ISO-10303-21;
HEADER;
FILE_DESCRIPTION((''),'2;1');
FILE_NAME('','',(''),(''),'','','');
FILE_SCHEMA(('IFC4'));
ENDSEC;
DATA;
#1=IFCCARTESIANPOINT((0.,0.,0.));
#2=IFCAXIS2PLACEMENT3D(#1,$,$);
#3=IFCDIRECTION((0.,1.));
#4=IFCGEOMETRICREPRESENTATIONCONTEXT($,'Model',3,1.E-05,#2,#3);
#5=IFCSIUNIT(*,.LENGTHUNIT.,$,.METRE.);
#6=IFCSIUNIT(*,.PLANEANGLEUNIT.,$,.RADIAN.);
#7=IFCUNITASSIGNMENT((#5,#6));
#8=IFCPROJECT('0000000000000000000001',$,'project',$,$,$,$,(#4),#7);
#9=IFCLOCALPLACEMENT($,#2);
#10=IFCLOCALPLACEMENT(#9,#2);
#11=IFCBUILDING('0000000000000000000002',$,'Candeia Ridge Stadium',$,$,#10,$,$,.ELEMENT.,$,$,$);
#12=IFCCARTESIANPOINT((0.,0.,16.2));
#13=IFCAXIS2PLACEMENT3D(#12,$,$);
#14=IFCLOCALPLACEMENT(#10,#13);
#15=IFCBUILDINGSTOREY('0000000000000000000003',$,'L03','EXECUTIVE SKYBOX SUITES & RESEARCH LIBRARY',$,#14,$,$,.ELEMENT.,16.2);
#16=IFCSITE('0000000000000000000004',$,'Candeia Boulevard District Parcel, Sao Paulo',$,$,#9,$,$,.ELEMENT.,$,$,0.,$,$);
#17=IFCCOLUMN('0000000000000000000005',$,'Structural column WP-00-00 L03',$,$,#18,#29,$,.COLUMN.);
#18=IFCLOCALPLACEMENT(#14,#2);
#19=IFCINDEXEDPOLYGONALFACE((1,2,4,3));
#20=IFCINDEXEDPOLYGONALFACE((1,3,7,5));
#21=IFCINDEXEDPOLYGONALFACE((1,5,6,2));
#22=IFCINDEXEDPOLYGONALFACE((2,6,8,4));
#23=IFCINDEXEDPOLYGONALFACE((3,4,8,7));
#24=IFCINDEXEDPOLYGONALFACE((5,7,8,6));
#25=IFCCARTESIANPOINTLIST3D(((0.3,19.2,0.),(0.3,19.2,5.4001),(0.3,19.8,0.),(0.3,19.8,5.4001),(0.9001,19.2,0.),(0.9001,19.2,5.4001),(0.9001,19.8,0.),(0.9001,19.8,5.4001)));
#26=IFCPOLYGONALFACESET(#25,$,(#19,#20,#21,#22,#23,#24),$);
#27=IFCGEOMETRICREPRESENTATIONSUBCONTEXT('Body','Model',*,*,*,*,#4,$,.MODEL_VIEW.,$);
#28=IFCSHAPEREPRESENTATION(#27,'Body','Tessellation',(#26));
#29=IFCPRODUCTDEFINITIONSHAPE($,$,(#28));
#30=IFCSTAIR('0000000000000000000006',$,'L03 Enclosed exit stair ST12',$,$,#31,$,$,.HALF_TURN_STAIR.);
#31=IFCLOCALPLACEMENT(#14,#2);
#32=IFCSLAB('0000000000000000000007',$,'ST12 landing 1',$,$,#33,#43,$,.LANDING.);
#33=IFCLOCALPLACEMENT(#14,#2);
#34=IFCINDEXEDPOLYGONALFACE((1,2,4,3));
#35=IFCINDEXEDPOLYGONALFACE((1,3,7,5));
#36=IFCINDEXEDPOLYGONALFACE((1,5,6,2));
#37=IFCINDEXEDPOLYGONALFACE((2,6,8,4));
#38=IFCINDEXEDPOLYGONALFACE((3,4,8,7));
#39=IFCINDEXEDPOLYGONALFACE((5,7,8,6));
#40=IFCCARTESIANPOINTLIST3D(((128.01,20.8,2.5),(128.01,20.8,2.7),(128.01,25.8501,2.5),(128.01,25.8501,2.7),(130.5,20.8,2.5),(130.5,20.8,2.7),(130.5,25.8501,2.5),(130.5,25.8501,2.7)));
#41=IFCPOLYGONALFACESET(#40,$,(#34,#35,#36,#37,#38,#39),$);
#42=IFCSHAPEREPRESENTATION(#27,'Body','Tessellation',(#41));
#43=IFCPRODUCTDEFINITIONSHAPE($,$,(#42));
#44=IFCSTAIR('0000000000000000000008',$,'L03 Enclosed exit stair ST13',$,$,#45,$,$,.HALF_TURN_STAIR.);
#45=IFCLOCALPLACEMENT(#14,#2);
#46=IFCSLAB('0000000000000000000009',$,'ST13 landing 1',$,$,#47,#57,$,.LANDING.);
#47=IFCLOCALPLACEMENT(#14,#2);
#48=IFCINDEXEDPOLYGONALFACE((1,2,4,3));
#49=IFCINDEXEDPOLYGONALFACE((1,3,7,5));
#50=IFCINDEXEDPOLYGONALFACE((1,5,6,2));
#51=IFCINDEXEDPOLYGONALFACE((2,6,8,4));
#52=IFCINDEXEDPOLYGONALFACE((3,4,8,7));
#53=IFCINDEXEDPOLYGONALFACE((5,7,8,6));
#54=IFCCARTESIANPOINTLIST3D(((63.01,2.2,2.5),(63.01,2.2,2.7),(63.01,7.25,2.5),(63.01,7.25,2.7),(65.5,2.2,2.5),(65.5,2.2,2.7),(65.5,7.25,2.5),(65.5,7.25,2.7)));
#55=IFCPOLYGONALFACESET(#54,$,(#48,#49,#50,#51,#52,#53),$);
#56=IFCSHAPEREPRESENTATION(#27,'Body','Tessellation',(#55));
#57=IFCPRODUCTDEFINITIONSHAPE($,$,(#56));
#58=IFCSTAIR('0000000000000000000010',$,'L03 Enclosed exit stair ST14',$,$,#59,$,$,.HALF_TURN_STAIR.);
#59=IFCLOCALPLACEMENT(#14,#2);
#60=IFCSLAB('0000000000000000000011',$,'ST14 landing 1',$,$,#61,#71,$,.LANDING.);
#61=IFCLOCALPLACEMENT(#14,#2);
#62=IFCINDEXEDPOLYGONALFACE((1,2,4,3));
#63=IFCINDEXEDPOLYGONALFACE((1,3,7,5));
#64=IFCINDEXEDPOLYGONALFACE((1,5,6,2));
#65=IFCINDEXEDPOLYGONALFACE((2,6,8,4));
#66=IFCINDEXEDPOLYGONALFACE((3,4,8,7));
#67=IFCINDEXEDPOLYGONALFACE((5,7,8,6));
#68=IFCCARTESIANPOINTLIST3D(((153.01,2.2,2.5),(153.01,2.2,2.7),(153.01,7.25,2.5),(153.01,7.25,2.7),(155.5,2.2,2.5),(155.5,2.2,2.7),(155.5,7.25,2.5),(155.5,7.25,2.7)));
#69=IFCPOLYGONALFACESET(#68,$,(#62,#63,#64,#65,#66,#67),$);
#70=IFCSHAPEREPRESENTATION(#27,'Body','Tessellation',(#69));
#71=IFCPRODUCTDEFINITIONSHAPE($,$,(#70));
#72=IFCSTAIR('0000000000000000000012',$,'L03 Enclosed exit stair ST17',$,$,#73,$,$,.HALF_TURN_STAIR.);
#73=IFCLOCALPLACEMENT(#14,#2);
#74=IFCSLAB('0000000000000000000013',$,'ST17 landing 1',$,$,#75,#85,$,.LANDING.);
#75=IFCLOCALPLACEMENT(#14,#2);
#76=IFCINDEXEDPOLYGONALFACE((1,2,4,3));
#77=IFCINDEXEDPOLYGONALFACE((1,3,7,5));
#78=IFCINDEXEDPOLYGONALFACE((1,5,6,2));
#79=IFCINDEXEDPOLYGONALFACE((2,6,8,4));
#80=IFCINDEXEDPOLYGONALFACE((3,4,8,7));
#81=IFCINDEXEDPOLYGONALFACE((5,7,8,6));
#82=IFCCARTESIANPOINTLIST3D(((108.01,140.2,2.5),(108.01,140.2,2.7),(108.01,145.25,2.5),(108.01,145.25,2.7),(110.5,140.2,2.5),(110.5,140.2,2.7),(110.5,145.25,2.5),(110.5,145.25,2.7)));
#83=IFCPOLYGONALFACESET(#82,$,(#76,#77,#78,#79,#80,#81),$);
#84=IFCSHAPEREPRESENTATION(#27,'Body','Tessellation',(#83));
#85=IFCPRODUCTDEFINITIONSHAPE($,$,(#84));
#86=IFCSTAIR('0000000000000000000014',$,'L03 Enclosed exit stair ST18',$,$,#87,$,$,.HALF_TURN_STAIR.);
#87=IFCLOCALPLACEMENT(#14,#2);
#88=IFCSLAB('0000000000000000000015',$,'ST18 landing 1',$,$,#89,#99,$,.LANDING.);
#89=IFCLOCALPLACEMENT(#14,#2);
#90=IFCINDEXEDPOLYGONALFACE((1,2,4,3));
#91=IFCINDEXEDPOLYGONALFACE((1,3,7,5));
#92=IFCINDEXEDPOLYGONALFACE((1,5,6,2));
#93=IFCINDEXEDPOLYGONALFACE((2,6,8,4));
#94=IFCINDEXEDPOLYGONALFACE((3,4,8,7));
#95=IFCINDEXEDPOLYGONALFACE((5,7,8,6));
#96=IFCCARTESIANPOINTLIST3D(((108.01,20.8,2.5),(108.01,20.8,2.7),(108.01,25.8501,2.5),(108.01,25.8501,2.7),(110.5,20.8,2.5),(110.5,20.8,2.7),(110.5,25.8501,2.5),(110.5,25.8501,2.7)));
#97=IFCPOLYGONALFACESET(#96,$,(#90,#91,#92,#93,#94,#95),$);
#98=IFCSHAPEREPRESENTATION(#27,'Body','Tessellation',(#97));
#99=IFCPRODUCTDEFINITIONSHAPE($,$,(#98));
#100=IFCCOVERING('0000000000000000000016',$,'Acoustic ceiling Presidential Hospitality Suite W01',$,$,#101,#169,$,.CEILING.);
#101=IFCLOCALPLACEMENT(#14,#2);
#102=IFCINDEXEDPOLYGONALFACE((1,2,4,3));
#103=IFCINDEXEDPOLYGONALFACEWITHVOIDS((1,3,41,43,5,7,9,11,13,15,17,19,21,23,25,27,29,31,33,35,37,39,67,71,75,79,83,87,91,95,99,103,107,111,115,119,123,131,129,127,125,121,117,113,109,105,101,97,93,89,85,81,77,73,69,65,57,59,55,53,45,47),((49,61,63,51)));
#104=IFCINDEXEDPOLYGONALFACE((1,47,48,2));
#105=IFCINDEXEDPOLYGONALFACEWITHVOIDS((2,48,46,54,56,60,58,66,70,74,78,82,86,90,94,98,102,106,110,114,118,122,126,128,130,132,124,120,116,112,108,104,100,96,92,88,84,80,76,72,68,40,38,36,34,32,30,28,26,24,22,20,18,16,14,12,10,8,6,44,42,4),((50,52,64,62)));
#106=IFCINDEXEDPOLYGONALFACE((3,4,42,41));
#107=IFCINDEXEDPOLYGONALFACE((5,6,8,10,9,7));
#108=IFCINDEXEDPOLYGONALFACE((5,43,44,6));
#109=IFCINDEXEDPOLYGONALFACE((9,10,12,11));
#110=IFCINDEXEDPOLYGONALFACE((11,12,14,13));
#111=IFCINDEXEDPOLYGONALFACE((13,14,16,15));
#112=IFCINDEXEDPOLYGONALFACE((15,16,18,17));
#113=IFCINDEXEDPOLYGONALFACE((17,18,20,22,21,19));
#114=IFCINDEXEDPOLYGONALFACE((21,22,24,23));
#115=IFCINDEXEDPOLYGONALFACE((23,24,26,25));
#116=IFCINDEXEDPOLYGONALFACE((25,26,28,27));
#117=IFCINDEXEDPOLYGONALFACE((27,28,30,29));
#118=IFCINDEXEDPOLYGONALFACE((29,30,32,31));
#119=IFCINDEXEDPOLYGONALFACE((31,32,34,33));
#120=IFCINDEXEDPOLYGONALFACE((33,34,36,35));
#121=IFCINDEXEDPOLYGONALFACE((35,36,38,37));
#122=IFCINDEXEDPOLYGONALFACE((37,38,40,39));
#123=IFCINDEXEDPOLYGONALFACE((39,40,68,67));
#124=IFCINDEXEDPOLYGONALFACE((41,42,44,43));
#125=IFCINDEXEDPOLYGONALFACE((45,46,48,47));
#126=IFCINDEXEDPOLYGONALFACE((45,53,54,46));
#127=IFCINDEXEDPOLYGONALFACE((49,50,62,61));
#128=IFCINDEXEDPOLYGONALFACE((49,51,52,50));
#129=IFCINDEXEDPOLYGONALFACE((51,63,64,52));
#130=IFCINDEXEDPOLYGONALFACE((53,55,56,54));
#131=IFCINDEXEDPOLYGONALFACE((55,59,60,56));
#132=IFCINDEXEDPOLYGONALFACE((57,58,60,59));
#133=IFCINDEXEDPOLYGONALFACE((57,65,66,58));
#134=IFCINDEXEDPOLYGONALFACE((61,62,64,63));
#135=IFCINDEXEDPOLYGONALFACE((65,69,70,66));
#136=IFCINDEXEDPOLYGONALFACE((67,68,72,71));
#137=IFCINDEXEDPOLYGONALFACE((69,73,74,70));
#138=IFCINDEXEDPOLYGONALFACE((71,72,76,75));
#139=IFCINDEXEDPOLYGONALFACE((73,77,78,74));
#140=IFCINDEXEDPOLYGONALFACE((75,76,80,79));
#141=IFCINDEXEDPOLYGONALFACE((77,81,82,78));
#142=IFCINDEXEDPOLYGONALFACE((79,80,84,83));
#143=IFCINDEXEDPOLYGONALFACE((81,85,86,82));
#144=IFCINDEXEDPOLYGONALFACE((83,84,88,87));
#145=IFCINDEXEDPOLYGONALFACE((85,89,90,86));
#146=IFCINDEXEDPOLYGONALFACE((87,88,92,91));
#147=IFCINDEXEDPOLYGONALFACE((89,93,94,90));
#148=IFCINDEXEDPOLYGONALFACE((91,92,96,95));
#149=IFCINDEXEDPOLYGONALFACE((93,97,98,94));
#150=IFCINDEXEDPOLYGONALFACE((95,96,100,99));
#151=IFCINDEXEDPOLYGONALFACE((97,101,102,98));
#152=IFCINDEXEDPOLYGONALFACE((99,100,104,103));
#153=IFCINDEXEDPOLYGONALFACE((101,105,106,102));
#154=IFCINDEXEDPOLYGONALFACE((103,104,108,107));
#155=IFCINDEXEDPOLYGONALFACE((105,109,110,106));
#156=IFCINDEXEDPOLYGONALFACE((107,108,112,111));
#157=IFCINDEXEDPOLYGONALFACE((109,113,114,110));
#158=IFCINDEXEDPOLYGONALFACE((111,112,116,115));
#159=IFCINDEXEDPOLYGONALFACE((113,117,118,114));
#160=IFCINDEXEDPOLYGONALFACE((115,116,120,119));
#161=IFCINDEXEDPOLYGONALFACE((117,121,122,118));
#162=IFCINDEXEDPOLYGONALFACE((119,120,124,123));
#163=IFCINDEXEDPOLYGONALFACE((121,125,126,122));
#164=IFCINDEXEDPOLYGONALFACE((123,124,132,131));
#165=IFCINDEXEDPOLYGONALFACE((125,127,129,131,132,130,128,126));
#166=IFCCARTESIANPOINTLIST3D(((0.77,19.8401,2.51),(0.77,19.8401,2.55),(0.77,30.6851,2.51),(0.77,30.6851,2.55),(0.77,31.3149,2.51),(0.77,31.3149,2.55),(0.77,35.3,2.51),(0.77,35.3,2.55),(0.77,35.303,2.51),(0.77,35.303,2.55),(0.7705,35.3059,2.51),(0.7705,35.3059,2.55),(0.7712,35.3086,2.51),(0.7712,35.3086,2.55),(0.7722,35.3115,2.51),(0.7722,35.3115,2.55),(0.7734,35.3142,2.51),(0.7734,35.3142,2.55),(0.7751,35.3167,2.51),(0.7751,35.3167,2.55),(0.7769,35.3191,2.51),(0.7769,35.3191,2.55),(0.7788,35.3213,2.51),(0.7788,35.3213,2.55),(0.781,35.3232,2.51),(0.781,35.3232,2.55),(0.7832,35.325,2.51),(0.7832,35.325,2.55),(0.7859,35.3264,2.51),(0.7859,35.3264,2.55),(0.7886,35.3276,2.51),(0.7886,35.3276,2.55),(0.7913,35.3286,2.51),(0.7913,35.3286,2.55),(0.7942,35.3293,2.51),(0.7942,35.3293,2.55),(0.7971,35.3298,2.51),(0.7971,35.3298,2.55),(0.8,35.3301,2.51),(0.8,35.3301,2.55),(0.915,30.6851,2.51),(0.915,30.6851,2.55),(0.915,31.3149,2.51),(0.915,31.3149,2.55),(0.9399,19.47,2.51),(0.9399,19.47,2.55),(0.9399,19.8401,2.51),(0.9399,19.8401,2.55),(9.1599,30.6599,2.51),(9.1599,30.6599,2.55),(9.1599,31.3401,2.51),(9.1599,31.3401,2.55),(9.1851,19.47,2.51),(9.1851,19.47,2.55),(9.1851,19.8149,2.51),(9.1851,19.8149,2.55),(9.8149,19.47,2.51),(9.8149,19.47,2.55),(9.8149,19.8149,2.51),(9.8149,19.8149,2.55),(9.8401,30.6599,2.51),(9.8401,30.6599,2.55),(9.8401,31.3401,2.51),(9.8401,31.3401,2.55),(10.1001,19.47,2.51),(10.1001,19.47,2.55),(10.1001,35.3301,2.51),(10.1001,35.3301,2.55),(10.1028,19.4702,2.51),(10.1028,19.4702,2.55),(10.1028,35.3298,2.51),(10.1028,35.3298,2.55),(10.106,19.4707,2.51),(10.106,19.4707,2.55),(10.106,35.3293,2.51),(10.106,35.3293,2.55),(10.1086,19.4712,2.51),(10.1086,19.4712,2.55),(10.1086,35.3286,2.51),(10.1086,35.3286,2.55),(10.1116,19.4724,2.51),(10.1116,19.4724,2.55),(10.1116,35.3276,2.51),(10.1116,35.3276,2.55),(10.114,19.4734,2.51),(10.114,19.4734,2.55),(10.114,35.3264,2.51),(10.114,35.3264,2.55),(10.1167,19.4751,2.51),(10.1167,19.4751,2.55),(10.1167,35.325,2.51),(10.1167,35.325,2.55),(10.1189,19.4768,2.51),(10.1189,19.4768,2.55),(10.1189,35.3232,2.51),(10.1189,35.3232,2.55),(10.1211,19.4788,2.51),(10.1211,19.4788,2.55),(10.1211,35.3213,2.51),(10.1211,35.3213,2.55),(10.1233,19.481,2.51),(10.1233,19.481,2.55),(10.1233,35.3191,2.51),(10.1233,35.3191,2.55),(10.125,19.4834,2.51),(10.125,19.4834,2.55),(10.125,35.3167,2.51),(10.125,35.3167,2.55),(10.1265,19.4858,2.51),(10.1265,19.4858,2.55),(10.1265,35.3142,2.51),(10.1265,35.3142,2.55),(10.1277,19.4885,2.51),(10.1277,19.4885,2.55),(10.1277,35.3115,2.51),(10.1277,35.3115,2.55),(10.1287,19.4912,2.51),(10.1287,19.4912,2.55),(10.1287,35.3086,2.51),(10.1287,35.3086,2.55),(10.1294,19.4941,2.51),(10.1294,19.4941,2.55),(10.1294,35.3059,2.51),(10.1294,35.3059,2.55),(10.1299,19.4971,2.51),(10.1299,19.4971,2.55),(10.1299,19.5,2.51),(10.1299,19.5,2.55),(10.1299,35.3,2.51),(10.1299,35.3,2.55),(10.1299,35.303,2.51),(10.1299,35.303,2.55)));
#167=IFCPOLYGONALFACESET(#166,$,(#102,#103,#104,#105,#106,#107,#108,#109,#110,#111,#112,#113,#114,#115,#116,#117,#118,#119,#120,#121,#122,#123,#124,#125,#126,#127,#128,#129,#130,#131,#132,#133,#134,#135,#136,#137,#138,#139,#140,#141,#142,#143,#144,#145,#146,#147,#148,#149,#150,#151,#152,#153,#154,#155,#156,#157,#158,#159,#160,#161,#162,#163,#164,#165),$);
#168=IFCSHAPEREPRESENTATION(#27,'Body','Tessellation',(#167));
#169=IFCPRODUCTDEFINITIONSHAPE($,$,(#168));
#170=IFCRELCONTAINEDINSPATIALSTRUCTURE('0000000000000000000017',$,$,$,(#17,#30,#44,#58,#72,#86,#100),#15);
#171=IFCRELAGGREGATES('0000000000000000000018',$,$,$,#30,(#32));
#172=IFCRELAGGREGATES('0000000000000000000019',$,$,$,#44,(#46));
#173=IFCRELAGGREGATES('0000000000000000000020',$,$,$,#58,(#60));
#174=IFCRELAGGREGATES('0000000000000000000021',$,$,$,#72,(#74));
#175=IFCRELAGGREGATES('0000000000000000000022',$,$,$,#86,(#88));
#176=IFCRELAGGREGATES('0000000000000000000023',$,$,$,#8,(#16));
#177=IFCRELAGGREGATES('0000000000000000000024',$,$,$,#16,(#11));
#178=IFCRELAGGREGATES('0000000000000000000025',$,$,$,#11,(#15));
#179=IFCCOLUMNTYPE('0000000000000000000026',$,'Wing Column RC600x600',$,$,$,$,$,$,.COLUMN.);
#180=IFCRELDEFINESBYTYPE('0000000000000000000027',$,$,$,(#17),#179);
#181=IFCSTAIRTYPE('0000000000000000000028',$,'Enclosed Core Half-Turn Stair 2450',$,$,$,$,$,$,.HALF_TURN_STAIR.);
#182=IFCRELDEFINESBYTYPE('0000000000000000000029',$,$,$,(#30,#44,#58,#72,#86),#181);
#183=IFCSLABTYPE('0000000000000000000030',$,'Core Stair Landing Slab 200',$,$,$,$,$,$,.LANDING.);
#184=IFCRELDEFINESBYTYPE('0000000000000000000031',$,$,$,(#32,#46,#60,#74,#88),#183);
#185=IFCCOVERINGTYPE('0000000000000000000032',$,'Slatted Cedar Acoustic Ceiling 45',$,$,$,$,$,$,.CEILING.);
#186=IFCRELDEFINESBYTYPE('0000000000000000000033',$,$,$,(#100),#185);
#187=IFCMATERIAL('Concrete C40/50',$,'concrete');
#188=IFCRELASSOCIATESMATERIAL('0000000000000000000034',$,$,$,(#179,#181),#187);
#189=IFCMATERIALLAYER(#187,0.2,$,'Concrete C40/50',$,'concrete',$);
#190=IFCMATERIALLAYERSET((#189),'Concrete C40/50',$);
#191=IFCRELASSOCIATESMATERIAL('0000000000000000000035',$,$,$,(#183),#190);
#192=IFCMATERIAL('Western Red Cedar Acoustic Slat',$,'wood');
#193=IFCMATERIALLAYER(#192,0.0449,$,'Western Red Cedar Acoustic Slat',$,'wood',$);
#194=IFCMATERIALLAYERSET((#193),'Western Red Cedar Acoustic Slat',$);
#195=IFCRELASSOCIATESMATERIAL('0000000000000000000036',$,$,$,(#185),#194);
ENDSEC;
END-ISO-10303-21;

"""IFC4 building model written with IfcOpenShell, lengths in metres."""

from ifc_helpers import new_model, si_unit, direction, frame, origin, origin_2d, place, context, subcontext, project, spatial, polyline, rectangle, outline, extrude, material, layer, layer_set, material_profile, profile_set, type_object, element, aggregate, save


model = new_model("IFC4")

# Units and contexts
model_context = context("Model", 3, precision=1e-05, world=origin(), true_north=direction((0.0, 1.0)))
body_context = subcontext(model_context, "Body", "Model", "MODEL_VIEW")
ifc_project = project(units=[si_unit("LENGTHUNIT", "METRE"), si_unit("PLANEANGLEUNIT", "RADIAN")], contexts=[model_context])

# Site, building, storey
site_placement = place(None, origin())
site = spatial("IfcSite", under=ifc_project, at=site_placement, Name="Candeia Boulevard District Parcel, Sao Paulo", CompositionType="ELEMENT", RefElevation=0.0)
building_placement = place(site_placement, origin())
building = spatial("IfcBuilding", under=site, at=building_placement, Name="Candeia Ridge Stadium", CompositionType="ELEMENT")
storey_placement = place(building_placement, frame((0.0, 0.0, 16.2)))
storey = spatial("IfcBuildingStorey", under=building, at=storey_placement, Name="L03", Description="EXECUTIVE SKYBOX SUITES & RESEARCH LIBRARY", CompositionType="ELEMENT", Elevation=16.2)

# Column
ifc_material_1 = material(Name="Concrete C40/50", Category="concrete")
ifc_material_profile = material_profile(ifc_material_1, rectangle(XDim=0.6001, YDim=0.6001, at=origin_2d()), Name="RC600x600", Category="concrete")
ifc_profile_set = profile_set([ifc_material_profile], Name="Concrete C40/50")
column_type = type_object("IfcColumnType", Name="Wing Column RC600x600", PredefinedType="COLUMN", material=ifc_profile_set)
column_placement = place(storey_placement, frame((0.6001, 19.5, 0.0), z_axis=(0.0, 0.0, 1.0), x_axis=(1.0, 0.0, 0.0)))
element("IfcColumn", 1, at=column_placement, inside=storey, type_object=column_type, Name="Structural column WP-00-00 L03", PredefinedType="COLUMN", context=body_context, shape_type="SweptSolid", body=[
    extrude(rectangle(XDim=0.6001, YDim=0.6001, at=origin_2d()), origin(), (0.0, 0.0, 1.0), 5.4001),
])

# Stairs, slabs
stair_type = type_object("IfcStairType", Name="Enclosed Core Half-Turn Stair 2450", PredefinedType="HALF_TURN_STAIR", material=ifc_material_1)
stair_1_placement = place(storey_placement, origin())
stair_1 = element("IfcStair", 2, at=stair_1_placement, inside=storey, type_object=stair_type, Name="L03 Enclosed exit stair ST12", PredefinedType="HALF_TURN_STAIR")
ifc_layer_1 = layer(ifc_material_1, 0.2, Name="Concrete C40/50", Category="concrete")
ifc_layer_set_1 = layer_set([ifc_layer_1], Name="Concrete C40/50")
slab_type = type_object("IfcSlabType", Name="Core Stair Landing Slab 200", PredefinedType="LANDING", material=ifc_layer_set_1)
slab_1_placement = place(storey_placement, frame((0.0, 0.0, 2.5)))
slab_1 = element("IfcSlab", 3, at=slab_1_placement, type_object=slab_type, Name="ST12 landing 1", PredefinedType="LANDING", context=body_context, shape_type="SweptSolid", body=[
    extrude(outline(polyline([(128.01, 20.8), (130.5, 20.8), (130.5, 25.8501), (128.01, 25.8501), (128.01, 20.8)])), origin(), (0.0, 0.0, 1.0), 0.2),
])
aggregate(stair_1, [slab_1])
stair_2_placement = place(storey_placement, origin())
stair_2 = element("IfcStair", 4, at=stair_2_placement, inside=storey, type_object=stair_type, Name="L03 Enclosed exit stair ST13", PredefinedType="HALF_TURN_STAIR")
slab_2_placement = place(storey_placement, frame((0.0, 0.0, 2.5)))
slab_2 = element("IfcSlab", 5, at=slab_2_placement, type_object=slab_type, Name="ST13 landing 1", PredefinedType="LANDING", context=body_context, shape_type="SweptSolid", body=[
    extrude(outline(polyline([(63.01, 2.2), (65.5, 2.2), (65.5, 7.25), (63.01, 7.25), (63.01, 2.2)])), origin(), (0.0, 0.0, 1.0), 0.2),
])
aggregate(stair_2, [slab_2])
stair_3_placement = place(storey_placement, origin())
stair_3 = element("IfcStair", 6, at=stair_3_placement, inside=storey, type_object=stair_type, Name="L03 Enclosed exit stair ST14", PredefinedType="HALF_TURN_STAIR")
slab_3_placement = place(storey_placement, frame((0.0, 0.0, 2.5)))
slab_3 = element("IfcSlab", 7, at=slab_3_placement, type_object=slab_type, Name="ST14 landing 1", PredefinedType="LANDING", context=body_context, shape_type="SweptSolid", body=[
    extrude(outline(polyline([(153.01, 2.2), (155.5, 2.2), (155.5, 7.25), (153.01, 7.25), (153.01, 2.2)])), origin(), (0.0, 0.0, 1.0), 0.2),
])
aggregate(stair_3, [slab_3])
stair_4_placement = place(storey_placement, origin())
stair_4 = element("IfcStair", 8, at=stair_4_placement, inside=storey, type_object=stair_type, Name="L03 Enclosed exit stair ST17", PredefinedType="HALF_TURN_STAIR")
slab_4_placement = place(storey_placement, frame((0.0, 0.0, 2.5)))
slab_4 = element("IfcSlab", 9, at=slab_4_placement, type_object=slab_type, Name="ST17 landing 1", PredefinedType="LANDING", context=body_context, shape_type="SweptSolid", body=[
    extrude(outline(polyline([(108.01, 140.2), (110.5, 140.2), (110.5, 145.25), (108.01, 145.25), (108.01, 140.2)])), origin(), (0.0, 0.0, 1.0), 0.2),
])
aggregate(stair_4, [slab_4])
stair_5_placement = place(storey_placement, origin())
stair_5 = element("IfcStair", 10, at=stair_5_placement, inside=storey, type_object=stair_type, Name="L03 Enclosed exit stair ST18", PredefinedType="HALF_TURN_STAIR")
slab_5_placement = place(storey_placement, frame((0.0, 0.0, 2.5)))
slab_5 = element("IfcSlab", 11, at=slab_5_placement, type_object=slab_type, Name="ST18 landing 1", PredefinedType="LANDING", context=body_context, shape_type="SweptSolid", body=[
    extrude(outline(polyline([(108.01, 20.8), (110.5, 20.8), (110.5, 25.8501), (108.01, 25.8501), (108.01, 20.8)])), origin(), (0.0, 0.0, 1.0), 0.2),
])
aggregate(stair_5, [slab_5])

# Covering
ifc_material_2 = material(Name="Western Red Cedar Acoustic Slat", Category="wood")
ifc_layer_2 = layer(ifc_material_2, 0.0449, Name="Western Red Cedar Acoustic Slat", Category="wood")
ifc_layer_set_2 = layer_set([ifc_layer_2], Name="Western Red Cedar Acoustic Slat")
covering_type = type_object("IfcCoveringType", Name="Slatted Cedar Acoustic Ceiling 45", PredefinedType="CEILING", material=ifc_layer_set_2)
covering_1_placement = place(storey_placement, frame((0.0, 0.0, 2.51)))
element("IfcCovering", 12, at=covering_1_placement, inside=storey, type_object=covering_type, Name="Acoustic ceiling Presidential Hospitality Suite W01", PredefinedType="CEILING", context=body_context, shape_type="SweptSolid", body=[
    extrude(outline(polyline([(0.915, 30.6851), (0.915, 31.3149), (0.77, 31.3149), (0.77, 35.3), (0.77, 35.303), (0.7705, 35.3059), (0.7712, 35.3086), (0.7722, 35.3115), (0.7734, 35.3142), (0.7751, 35.3167), (0.7769, 35.3191), (0.7788, 35.3213), (0.781, 35.3232), (0.7832, 35.325), (0.7859, 35.3264), (0.7886, 35.3276), (0.7913, 35.3286), (0.7942, 35.3293), (0.7971, 35.3298), (0.8, 35.3301), (10.1001, 35.3301), (10.1028, 35.3298), (10.106, 35.3293), (10.1086, 35.3286), (10.1116, 35.3276), (10.114, 35.3264), (10.1167, 35.325), (10.1189, 35.3232), (10.1211, 35.3213), (10.1233, 35.3191), (10.125, 35.3167), (10.1265, 35.3142), (10.1277, 35.3115), (10.1287, 35.3086), (10.1294, 35.3059), (10.1299, 35.303), (10.1299, 35.3), (10.1299, 19.5), (10.1299, 19.4971), (10.1294, 19.4941), (10.1287, 19.4912), (10.1277, 19.4885), (10.1265, 19.4858), (10.125, 19.4834), (10.1233, 19.481), (10.1211, 19.4788), (10.1189, 19.4768), (10.1167, 19.4751), (10.114, 19.4734), (10.1116, 19.4724), (10.1086, 19.4712), (10.106, 19.4707), (10.1028, 19.4702), (10.1001, 19.47), (9.8149, 19.47), (9.8149, 19.8149), (9.1851, 19.8149), (9.1851, 19.47), (0.9399, 19.47), (0.9399, 19.8401), (0.77, 19.8401), (0.77, 30.6851), (0.915, 30.6851)]), holes=[polyline([(9.1599, 31.3401), (9.1599, 30.6599), (9.8401, 30.6599), (9.8401, 31.3401), (9.1599, 31.3401)])]), origin(), (0.0, 0.0, 1.0), 0.04),
])

save(model, "model.ifc")
